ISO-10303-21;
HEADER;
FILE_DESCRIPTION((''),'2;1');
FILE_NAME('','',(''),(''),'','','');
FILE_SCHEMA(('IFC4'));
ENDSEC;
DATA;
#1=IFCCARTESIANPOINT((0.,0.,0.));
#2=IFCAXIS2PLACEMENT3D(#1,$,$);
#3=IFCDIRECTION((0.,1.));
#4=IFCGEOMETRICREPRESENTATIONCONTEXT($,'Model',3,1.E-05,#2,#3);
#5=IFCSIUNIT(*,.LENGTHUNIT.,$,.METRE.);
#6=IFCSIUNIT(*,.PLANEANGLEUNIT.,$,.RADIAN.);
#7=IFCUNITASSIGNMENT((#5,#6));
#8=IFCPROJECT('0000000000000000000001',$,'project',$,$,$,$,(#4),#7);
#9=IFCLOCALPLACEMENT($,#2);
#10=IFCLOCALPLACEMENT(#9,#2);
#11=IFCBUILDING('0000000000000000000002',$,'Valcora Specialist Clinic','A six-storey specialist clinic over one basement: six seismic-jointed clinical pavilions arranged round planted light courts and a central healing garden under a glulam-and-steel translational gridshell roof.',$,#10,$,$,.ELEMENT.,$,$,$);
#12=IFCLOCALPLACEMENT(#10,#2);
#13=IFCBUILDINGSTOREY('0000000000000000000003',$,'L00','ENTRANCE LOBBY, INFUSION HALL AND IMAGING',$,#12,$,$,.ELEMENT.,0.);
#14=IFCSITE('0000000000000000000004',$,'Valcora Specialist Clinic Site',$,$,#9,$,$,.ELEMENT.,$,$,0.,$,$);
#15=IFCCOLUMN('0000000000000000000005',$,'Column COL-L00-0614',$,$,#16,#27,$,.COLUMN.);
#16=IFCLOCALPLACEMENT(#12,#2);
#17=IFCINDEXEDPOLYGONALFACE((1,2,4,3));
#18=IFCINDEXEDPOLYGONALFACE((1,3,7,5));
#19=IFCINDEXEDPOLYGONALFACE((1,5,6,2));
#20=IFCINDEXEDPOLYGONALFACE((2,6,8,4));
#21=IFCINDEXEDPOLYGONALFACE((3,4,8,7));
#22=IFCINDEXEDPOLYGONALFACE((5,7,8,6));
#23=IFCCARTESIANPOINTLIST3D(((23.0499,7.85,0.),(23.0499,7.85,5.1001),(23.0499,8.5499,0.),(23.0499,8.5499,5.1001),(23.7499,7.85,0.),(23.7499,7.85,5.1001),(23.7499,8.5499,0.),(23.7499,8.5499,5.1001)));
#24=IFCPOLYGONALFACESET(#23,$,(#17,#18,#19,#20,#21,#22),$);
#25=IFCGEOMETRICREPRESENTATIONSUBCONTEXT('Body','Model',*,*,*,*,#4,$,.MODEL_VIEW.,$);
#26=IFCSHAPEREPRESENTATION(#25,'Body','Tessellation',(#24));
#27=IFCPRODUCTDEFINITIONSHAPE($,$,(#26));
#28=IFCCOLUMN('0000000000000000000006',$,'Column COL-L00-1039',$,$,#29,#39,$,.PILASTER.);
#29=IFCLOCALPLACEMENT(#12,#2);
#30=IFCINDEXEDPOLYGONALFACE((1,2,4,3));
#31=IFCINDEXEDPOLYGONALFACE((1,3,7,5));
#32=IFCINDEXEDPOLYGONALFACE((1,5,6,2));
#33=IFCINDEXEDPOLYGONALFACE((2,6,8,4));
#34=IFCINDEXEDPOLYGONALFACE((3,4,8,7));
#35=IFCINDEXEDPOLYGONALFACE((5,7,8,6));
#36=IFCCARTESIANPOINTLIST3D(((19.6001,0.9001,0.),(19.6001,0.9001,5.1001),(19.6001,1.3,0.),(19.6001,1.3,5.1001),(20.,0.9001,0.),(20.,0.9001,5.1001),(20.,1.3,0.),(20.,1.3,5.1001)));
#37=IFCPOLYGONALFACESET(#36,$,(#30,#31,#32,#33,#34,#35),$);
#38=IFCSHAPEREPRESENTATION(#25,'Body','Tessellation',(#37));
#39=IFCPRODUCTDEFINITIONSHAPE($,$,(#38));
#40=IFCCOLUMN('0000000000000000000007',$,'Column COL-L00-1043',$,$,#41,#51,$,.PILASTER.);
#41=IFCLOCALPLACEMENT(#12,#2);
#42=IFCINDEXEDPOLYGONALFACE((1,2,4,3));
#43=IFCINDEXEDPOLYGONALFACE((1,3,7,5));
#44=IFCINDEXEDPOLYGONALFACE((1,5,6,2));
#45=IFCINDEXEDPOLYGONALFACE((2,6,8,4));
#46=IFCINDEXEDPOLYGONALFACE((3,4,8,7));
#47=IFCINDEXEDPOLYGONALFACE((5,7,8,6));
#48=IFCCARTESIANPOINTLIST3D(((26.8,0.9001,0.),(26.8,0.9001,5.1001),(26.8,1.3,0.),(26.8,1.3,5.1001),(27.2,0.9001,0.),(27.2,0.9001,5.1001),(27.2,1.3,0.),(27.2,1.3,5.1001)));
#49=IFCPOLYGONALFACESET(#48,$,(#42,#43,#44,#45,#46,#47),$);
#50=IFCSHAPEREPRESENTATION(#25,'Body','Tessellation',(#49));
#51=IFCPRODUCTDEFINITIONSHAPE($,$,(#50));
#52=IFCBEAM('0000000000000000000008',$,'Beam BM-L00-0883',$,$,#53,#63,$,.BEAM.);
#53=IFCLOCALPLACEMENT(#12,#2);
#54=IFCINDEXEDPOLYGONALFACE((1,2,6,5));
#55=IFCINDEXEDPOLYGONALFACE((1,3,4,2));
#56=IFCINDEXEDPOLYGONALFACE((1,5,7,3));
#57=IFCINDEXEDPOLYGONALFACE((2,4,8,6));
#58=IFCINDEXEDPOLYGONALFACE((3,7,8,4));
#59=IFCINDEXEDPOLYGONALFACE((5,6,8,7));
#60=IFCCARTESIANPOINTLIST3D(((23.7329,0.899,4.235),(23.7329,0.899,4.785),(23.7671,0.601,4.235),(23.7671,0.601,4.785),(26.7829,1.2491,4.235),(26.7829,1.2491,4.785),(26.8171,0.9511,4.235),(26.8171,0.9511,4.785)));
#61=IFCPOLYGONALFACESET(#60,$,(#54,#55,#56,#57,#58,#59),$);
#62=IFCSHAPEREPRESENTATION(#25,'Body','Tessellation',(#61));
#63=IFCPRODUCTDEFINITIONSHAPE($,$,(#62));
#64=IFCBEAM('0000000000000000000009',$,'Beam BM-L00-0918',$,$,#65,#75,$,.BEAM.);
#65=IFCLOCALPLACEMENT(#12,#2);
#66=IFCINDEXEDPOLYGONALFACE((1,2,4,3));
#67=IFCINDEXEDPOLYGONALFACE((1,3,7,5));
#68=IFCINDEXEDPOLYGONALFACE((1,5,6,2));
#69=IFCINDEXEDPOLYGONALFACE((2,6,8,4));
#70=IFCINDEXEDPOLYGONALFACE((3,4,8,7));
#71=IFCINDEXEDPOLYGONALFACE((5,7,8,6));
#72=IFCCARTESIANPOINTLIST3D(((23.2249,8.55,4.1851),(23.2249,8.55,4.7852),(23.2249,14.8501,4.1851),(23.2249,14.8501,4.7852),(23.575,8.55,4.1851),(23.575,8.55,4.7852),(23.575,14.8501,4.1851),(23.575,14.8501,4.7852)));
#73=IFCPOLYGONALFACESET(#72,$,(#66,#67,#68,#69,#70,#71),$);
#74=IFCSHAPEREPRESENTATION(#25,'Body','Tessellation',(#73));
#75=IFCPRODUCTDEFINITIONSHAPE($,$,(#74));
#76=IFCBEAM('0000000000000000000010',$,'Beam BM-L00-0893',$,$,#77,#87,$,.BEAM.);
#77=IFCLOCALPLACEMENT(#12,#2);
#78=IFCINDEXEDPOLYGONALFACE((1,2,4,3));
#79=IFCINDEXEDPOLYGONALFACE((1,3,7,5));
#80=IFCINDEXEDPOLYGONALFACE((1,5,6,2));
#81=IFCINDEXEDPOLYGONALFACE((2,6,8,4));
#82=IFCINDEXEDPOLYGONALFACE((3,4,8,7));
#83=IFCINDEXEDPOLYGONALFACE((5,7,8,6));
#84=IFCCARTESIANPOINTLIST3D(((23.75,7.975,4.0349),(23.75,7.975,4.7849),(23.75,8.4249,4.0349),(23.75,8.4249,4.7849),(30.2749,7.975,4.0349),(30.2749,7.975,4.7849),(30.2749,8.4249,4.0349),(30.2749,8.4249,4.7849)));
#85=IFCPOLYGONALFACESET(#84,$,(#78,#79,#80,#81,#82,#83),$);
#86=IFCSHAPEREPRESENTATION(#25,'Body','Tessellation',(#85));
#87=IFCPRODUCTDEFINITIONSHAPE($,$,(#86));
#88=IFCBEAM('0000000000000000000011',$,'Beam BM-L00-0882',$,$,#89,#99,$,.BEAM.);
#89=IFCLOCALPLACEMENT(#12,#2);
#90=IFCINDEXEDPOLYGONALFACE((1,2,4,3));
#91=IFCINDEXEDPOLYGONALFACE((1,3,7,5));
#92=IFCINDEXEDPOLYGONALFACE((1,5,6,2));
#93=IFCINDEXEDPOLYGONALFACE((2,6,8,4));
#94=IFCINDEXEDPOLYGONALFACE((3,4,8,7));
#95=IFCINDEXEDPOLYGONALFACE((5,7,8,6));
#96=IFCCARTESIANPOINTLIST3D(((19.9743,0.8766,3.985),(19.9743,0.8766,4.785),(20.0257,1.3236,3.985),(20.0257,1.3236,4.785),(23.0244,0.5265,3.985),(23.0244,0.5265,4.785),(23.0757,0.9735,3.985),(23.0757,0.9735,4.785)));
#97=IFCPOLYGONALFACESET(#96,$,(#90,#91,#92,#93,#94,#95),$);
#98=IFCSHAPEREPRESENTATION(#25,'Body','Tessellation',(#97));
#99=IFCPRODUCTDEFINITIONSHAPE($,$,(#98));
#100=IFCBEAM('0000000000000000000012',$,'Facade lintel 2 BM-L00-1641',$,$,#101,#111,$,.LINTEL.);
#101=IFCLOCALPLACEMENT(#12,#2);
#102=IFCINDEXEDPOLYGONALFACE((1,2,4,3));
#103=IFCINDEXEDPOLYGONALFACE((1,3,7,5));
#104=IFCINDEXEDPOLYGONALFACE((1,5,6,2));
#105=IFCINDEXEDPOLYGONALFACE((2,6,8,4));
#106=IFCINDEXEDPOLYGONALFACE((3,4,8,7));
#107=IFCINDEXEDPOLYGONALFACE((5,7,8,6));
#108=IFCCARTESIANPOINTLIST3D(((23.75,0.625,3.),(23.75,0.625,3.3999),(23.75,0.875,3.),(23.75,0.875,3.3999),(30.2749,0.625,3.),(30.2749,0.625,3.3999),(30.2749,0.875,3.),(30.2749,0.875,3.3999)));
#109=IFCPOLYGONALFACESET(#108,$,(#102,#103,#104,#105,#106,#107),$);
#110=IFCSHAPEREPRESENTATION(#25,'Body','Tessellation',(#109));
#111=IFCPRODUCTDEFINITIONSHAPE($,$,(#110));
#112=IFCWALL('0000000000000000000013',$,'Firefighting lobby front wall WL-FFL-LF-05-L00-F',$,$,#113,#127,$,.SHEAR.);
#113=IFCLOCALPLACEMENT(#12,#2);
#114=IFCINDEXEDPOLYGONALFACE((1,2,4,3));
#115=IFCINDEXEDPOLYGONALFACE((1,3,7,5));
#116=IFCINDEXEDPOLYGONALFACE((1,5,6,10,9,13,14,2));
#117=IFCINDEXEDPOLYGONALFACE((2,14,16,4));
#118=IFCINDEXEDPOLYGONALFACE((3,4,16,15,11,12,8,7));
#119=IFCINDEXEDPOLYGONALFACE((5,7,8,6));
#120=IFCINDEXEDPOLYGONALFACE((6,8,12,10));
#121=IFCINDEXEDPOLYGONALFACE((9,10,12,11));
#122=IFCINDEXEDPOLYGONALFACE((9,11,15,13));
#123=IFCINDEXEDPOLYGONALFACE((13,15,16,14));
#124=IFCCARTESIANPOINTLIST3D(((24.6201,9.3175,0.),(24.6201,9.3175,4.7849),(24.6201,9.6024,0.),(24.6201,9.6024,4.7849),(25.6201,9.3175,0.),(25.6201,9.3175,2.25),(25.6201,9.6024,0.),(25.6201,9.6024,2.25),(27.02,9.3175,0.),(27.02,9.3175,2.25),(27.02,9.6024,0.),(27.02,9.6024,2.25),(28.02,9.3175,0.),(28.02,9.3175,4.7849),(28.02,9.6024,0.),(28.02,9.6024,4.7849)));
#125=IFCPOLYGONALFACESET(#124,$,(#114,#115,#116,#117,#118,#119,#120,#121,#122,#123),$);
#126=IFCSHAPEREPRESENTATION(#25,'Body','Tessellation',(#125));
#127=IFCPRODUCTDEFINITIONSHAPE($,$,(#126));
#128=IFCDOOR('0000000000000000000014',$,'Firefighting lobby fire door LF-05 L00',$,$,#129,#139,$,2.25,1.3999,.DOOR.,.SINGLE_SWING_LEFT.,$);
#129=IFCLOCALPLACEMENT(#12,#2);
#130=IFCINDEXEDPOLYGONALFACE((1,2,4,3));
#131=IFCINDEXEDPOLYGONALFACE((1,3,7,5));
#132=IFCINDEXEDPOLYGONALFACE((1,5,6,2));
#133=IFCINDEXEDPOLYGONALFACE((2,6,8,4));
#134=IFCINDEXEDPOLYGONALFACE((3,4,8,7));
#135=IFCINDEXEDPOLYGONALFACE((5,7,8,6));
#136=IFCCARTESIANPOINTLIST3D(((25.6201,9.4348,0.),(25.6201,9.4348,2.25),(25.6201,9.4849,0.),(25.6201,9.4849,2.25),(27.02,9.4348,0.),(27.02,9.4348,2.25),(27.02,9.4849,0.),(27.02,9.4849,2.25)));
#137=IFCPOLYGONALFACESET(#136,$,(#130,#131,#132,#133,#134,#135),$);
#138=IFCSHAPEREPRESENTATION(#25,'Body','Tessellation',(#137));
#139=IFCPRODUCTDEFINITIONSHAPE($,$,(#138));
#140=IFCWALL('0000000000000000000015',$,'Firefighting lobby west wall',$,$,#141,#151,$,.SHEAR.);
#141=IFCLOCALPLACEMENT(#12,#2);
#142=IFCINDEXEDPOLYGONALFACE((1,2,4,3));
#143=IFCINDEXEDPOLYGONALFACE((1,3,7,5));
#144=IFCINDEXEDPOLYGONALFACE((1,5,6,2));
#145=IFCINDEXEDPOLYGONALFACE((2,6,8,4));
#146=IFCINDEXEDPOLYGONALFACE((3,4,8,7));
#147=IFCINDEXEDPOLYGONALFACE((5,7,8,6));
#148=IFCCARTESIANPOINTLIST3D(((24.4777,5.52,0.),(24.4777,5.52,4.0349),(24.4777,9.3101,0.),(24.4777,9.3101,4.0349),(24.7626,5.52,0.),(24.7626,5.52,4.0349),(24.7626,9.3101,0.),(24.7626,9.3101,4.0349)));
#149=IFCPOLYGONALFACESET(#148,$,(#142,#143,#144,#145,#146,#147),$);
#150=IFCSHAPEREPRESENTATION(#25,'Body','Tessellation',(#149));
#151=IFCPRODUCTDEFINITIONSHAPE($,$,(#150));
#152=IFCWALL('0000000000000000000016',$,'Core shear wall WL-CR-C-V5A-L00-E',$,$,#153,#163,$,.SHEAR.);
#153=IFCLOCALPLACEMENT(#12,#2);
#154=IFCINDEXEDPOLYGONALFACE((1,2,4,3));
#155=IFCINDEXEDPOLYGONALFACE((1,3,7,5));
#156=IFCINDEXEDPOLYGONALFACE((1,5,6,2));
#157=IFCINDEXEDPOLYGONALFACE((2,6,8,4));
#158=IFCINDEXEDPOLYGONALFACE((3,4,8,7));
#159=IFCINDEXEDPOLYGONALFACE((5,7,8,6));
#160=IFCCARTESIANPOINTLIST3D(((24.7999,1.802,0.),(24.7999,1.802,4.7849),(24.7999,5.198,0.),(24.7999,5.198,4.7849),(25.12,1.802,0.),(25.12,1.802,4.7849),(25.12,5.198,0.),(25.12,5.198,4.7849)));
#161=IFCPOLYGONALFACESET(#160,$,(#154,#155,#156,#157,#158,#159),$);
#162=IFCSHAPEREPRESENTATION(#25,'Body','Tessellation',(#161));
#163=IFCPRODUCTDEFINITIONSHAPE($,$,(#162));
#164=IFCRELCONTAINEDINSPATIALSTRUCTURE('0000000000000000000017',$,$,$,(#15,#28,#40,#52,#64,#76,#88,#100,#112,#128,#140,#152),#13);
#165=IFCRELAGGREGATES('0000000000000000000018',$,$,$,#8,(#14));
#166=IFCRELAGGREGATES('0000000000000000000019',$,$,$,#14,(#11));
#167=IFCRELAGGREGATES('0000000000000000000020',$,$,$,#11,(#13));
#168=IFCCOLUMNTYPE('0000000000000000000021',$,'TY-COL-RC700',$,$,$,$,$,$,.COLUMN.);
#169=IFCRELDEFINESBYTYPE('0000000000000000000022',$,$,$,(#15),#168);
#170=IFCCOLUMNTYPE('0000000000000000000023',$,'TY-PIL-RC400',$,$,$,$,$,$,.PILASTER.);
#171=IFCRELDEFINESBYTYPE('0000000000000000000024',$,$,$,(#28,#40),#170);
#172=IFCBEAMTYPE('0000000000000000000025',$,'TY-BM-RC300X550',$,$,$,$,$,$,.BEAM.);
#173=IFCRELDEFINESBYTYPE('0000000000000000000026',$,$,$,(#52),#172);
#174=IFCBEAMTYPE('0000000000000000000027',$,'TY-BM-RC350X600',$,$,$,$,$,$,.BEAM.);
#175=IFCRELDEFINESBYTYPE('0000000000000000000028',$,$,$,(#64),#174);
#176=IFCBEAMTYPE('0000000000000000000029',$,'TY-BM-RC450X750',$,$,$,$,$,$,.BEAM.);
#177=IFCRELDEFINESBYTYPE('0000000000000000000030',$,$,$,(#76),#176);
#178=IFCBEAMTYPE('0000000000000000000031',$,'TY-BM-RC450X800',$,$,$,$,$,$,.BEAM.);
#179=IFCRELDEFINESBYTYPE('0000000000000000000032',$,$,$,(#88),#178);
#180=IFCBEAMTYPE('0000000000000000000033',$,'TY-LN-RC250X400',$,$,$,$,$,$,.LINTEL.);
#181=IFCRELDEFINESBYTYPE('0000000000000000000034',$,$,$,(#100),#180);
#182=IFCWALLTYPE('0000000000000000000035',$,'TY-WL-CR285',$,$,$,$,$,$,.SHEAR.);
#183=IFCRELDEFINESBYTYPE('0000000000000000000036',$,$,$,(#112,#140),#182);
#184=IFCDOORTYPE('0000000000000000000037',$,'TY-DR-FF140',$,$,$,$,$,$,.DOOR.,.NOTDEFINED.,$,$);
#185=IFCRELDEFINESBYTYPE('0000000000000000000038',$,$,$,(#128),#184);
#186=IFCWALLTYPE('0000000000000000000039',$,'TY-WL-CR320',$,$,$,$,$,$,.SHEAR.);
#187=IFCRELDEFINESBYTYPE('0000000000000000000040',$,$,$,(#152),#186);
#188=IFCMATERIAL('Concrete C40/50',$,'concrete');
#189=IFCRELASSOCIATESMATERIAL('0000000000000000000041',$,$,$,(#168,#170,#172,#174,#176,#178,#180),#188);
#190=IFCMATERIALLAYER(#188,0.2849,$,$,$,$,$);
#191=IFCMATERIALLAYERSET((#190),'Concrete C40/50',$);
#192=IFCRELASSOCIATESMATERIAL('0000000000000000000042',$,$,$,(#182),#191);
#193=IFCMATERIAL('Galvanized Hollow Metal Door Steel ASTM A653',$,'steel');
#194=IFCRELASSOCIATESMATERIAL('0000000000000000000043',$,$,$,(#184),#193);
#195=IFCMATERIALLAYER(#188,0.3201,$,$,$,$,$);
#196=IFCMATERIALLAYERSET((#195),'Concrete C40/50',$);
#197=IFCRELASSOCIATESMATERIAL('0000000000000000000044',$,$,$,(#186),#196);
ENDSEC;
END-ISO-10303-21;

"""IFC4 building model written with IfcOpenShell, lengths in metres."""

from ifc_helpers import new_model, si_unit, direction, frame, frame_2d, origin, origin_2d, place, context, subcontext, project, spatial, rectangle, extrude, material, layer, layer_set, material_profile, profile_set, type_object, element, fill, save


model = new_model("IFC4")

# Units and contexts
model_context = context("Model", 3, precision=1e-05, world=origin(), true_north=direction((0.0, 1.0)))
body_context = subcontext(model_context, "Body", "Model", "MODEL_VIEW")
ifc_project = project(units=[si_unit("LENGTHUNIT", "METRE"), si_unit("PLANEANGLEUNIT", "RADIAN")], contexts=[model_context])

# Site, building, storey
site_placement = place(None, origin())
site = spatial("IfcSite", under=ifc_project, at=site_placement, Name="Valcora Specialist Clinic Site", CompositionType="ELEMENT", RefElevation=0.0)
building_placement = place(site_placement, origin())
building = spatial("IfcBuilding", under=site, at=building_placement, Name="Valcora Specialist Clinic", Description="A six-storey specialist clinic over one basement: six seismic-jointed clinical pavilions arranged round planted light courts and a central healing garden under a glulam-and-steel translational gridshell roof.", CompositionType="ELEMENT")
storey_placement = place(building_placement, origin())
storey = spatial("IfcBuildingStorey", under=building, at=storey_placement, Name="L00", Description="ENTRANCE LOBBY, INFUSION HALL AND IMAGING", CompositionType="ELEMENT", Elevation=0.0)

# Columns
ifc_material_1 = material(Name="Concrete C40/50", Category="concrete")
ifc_material_profile_1 = material_profile(ifc_material_1, rectangle(XDim=0.7, YDim=0.7, at=origin_2d()), Name="RC-COL-700X700")
ifc_profile_set_1 = profile_set([ifc_material_profile_1], Name="Concrete C40/50")
column_type_1 = type_object("IfcColumnType", Name="TY-COL-RC700", PredefinedType="COLUMN", material=ifc_profile_set_1)
column_placement = place(storey_placement, frame((23.3999, 8.2, 0.0), z_axis=(0.0, 0.0, 1.0), x_axis=(1.0, 0.0, 0.0)))
element("IfcColumn", 1, at=column_placement, inside=storey, type_object=column_type_1, Name="Column COL-L00-0614", PredefinedType="COLUMN", context=body_context, shape_type="SweptSolid", body=[
    extrude(rectangle(XDim=0.7, YDim=0.7, at=origin_2d()), origin(), (0.0, 0.0, 1.0), 5.1001),
])
ifc_material_profile_2 = material_profile(ifc_material_1, rectangle(XDim=0.3999, YDim=0.3999, at=origin_2d()), Name="RC-COL-400X400")
ifc_profile_set_2 = profile_set([ifc_material_profile_2], Name="Concrete C40/50")
column_type_2 = type_object("IfcColumnType", Name="TY-PIL-RC400", PredefinedType="PILASTER", material=ifc_profile_set_2)
for number, where, z_axis, x_axis, name in (
    (2, (19.8, 1.1001, 0.0), (0.0, 0.0, 1.0), (1.0, 0.0, 0.0), "Column COL-L00-1039"),
    (3, (27.0, 1.1001, 0.0), (0.0, 0.0, 1.0), (1.0, 0.0, 0.0), "Column COL-L00-1043"),
):
    element("IfcColumn", number, at=place(storey_placement, frame(where, z_axis=z_axis, x_axis=x_axis)), inside=storey, type_object=column_type_2, Name=name, PredefinedType="PILASTER", context=body_context, shape_type="SweptSolid", body=[
        extrude(rectangle(XDim=0.3999, YDim=0.3999, at=origin_2d()), origin(), (0.0, 0.0, 1.0), 5.1001),
    ])

# Beams
ifc_material_profile_3 = material_profile(ifc_material_1, rectangle(XDim=0.3, YDim=0.55, at=origin_2d()), Name="RC-BM-300X550")
ifc_profile_set_3 = profile_set([ifc_material_profile_3], Name="Concrete C40/50")
beam_type_1 = type_object("IfcBeamType", Name="TY-BM-RC300X550", PredefinedType="BEAM", material=ifc_profile_set_3)
beam_1_placement = place(storey_placement, frame((23.75, 0.75, 4.51), z_axis=(0.993477, 0.114036, 0.0), x_axis=(-0.114036, 0.993477, 0.0)))
element("IfcBeam", 4, at=beam_1_placement, inside=storey, type_object=beam_type_1, Name="Beam BM-L00-0883", PredefinedType="BEAM", context=body_context, shape_type="SweptSolid", body=[
    extrude(rectangle(XDim=0.3, YDim=0.55, at=origin_2d()), origin(), (0.0, 0.0, 1.0), 3.0701),
])
ifc_material_profile_4 = material_profile(ifc_material_1, rectangle(XDim=0.3501, YDim=0.6001, at=origin_2d()), Name="RC-BM-350X600")
ifc_profile_set_4 = profile_set([ifc_material_profile_4], Name="Concrete C40/50")
beam_type_2 = type_object("IfcBeamType", Name="TY-BM-RC350X600", PredefinedType="BEAM", material=ifc_profile_set_4)
beam_2_placement = place(storey_placement, frame((23.3999, 8.55, 4.4851), z_axis=(0.0, 1.0, 0.0), x_axis=(-1.0, 0.0, 0.0)))
element("IfcBeam", 5, at=beam_2_placement, inside=storey, type_object=beam_type_2, Name="Beam BM-L00-0918", PredefinedType="BEAM", context=body_context, shape_type="SweptSolid", body=[
    extrude(rectangle(XDim=0.3501, YDim=0.6001, at=origin_2d()), origin(), (0.0, 0.0, 1.0), 6.3),
])
ifc_material_profile_5 = material_profile(ifc_material_1, rectangle(XDim=0.45, YDim=0.75, at=origin_2d()), Name="RC-BM-450X750")
ifc_profile_set_5 = profile_set([ifc_material_profile_5], Name="Concrete C40/50")
beam_type_3 = type_object("IfcBeamType", Name="TY-BM-RC450X750", PredefinedType="BEAM", material=ifc_profile_set_5)
beam_3_placement = place(storey_placement, frame((23.75, 8.2, 4.4099), z_axis=(1.0, 0.0, 0.0), x_axis=(0.0, 1.0, 0.0)))
element("IfcBeam", 6, at=beam_3_placement, inside=storey, type_object=beam_type_3, Name="Beam BM-L00-0893", PredefinedType="BEAM", context=body_context, shape_type="SweptSolid", body=[
    extrude(rectangle(XDim=0.45, YDim=0.75, at=origin_2d()), origin(), (0.0, 0.0, 1.0), 6.5249),
])
ifc_material_profile_6 = material_profile(ifc_material_1, rectangle(XDim=0.45, YDim=0.8, at=origin_2d()), Name="RC-BM-450X800")
ifc_profile_set_6 = profile_set([ifc_material_profile_6], Name="Concrete C40/50")
beam_type_4 = type_object("IfcBeamType", Name="TY-BM-RC450X800", PredefinedType="BEAM", material=ifc_profile_set_6)
beam_4_placement = place(storey_placement, frame((20.0, 1.1001, 4.385), z_axis=(0.993477, -0.114036, 0.0), x_axis=(0.114036, 0.993477, 0.0)))
element("IfcBeam", 7, at=beam_4_placement, inside=storey, type_object=beam_type_4, Name="Beam BM-L00-0882", PredefinedType="BEAM", context=body_context, shape_type="SweptSolid", body=[
    extrude(rectangle(XDim=0.45, YDim=0.8, at=origin_2d()), origin(), (0.0, 0.0, 1.0), 3.0701),
])
ifc_material_profile_7 = material_profile(ifc_material_1, rectangle(XDim=0.25, YDim=0.3999, at=origin_2d()), Name="RC-LN-250X400")
ifc_profile_set_7 = profile_set([ifc_material_profile_7], Name="Concrete C40/50")
beam_type_5 = type_object("IfcBeamType", Name="TY-LN-RC250X400", PredefinedType="LINTEL", material=ifc_profile_set_7)
beam_5_placement = place(storey_placement, frame((23.75, 0.75, 3.2), z_axis=(1.0, 0.0, 0.0), x_axis=(0.0, 1.0, 0.0)))
element("IfcBeam", 8, at=beam_5_placement, inside=storey, type_object=beam_type_5, Name="Facade lintel 2 BM-L00-1641", PredefinedType="LINTEL", context=body_context, shape_type="SweptSolid", body=[
    extrude(rectangle(XDim=0.25, YDim=0.3999, at=origin_2d()), origin(), (0.0, 0.0, 1.0), 6.5249),
])

# Wall, opening, door
ifc_layer_1 = layer(ifc_material_1, 0.2849)
ifc_layer_set_1 = layer_set([ifc_layer_1], Name="Concrete C40/50")
wall_type_1 = type_object("IfcWallType", Name="TY-WL-CR285", PredefinedType="SHEAR", material=ifc_layer_set_1)
wall_1_placement = place(storey_placement, frame((24.6201, 9.46, 0.0), z_axis=(0.0, 0.0, 1.0), x_axis=(1.0, 0.0, 0.0)))
wall_1 = element("IfcWall", 9, at=wall_1_placement, inside=storey, type_object=wall_type_1, Name="Firefighting lobby front wall WL-FFL-LF-05-L00-F", PredefinedType="SHEAR", context=body_context, shape_type="SweptSolid", body=[
    extrude(rectangle(XDim=3.3999, YDim=0.2849, at=frame_2d((1.7, 0.0))), origin(), (0.0, 0.0, 1.0), 4.7849),
])
opening_1_placement = place(wall_1_placement, frame((1.0, 0.0, 0.0)))
opening_1 = element("IfcOpeningElement", 10, at=opening_1_placement, cuts=wall_1, PredefinedType="OPENING", context=body_context, shape_type="SweptSolid", body=[
    extrude(rectangle(XDim=1.3999, YDim=2.25, at=frame_2d((0.7, 1.125))), frame((0.0, 0.1523, 0.0), z_axis=(0.0, -1.0, 0.0), x_axis=(1.0, 0.0, 0.0)), (0.0, 0.0, 1.0), 0.3049),
])
ifc_material_2 = material(Name="Galvanized Hollow Metal Door Steel ASTM A653", Category="steel")
door_type_1 = type_object("IfcDoorType", Name="TY-DR-FF140", OperationType="NOTDEFINED", PredefinedType="DOOR", material=ifc_material_2)
door_1_placement = place(opening_1_placement, origin())
door_1 = element("IfcDoor", 11, at=door_1_placement, inside=storey, type_object=door_type_1, Name="Firefighting lobby fire door LF-05 L00", OperationType="SINGLE_SWING_LEFT", OverallHeight=2.25, OverallWidth=1.3999, PredefinedType="DOOR", context=body_context, shape_type="SweptSolid", body=[
    extrude(rectangle(XDim=1.3999, YDim=2.25, at=frame_2d((0.7, 1.125))), frame((0.0, 0.0249, 0.0), z_axis=(0.0, -1.0, 0.0), x_axis=(1.0, 0.0, 0.0)), (0.0, 0.0, 1.0), 0.05),
])
fill(opening_1, door_1)

# Walls
wall_2_placement = place(storey_placement, frame((24.6201, 5.52, 0.0), z_axis=(0.0, 0.0, 1.0), x_axis=(0.0, 1.0, 0.0)))
element("IfcWall", 12, at=wall_2_placement, inside=storey, type_object=wall_type_1, Name="Firefighting lobby west wall", PredefinedType="SHEAR", context=body_context, shape_type="SweptSolid", body=[
    extrude(rectangle(XDim=3.79, YDim=0.2849, at=frame_2d((1.895, 0.0))), origin(), (0.0, 0.0, 1.0), 4.0349),
])
ifc_layer_2 = layer(ifc_material_1, 0.3201)
ifc_layer_set_2 = layer_set([ifc_layer_2], Name="Concrete C40/50")
wall_type_2 = type_object("IfcWallType", Name="TY-WL-CR320", PredefinedType="SHEAR", material=ifc_layer_set_2)
wall_3_placement = place(storey_placement, frame((24.96, 1.802, 0.0), z_axis=(0.0, 0.0, 1.0), x_axis=(0.0, 1.0, 0.0)))
element("IfcWall", 13, at=wall_3_placement, inside=storey, type_object=wall_type_2, Name="Core shear wall WL-CR-C-V5A-L00-E", PredefinedType="SHEAR", context=body_context, shape_type="SweptSolid", body=[
    extrude(rectangle(XDim=3.396, YDim=0.3201, at=frame_2d((1.698, 0.0))), origin(), (0.0, 0.0, 1.0), 4.7849),
])

save(model, "model.ifc")
